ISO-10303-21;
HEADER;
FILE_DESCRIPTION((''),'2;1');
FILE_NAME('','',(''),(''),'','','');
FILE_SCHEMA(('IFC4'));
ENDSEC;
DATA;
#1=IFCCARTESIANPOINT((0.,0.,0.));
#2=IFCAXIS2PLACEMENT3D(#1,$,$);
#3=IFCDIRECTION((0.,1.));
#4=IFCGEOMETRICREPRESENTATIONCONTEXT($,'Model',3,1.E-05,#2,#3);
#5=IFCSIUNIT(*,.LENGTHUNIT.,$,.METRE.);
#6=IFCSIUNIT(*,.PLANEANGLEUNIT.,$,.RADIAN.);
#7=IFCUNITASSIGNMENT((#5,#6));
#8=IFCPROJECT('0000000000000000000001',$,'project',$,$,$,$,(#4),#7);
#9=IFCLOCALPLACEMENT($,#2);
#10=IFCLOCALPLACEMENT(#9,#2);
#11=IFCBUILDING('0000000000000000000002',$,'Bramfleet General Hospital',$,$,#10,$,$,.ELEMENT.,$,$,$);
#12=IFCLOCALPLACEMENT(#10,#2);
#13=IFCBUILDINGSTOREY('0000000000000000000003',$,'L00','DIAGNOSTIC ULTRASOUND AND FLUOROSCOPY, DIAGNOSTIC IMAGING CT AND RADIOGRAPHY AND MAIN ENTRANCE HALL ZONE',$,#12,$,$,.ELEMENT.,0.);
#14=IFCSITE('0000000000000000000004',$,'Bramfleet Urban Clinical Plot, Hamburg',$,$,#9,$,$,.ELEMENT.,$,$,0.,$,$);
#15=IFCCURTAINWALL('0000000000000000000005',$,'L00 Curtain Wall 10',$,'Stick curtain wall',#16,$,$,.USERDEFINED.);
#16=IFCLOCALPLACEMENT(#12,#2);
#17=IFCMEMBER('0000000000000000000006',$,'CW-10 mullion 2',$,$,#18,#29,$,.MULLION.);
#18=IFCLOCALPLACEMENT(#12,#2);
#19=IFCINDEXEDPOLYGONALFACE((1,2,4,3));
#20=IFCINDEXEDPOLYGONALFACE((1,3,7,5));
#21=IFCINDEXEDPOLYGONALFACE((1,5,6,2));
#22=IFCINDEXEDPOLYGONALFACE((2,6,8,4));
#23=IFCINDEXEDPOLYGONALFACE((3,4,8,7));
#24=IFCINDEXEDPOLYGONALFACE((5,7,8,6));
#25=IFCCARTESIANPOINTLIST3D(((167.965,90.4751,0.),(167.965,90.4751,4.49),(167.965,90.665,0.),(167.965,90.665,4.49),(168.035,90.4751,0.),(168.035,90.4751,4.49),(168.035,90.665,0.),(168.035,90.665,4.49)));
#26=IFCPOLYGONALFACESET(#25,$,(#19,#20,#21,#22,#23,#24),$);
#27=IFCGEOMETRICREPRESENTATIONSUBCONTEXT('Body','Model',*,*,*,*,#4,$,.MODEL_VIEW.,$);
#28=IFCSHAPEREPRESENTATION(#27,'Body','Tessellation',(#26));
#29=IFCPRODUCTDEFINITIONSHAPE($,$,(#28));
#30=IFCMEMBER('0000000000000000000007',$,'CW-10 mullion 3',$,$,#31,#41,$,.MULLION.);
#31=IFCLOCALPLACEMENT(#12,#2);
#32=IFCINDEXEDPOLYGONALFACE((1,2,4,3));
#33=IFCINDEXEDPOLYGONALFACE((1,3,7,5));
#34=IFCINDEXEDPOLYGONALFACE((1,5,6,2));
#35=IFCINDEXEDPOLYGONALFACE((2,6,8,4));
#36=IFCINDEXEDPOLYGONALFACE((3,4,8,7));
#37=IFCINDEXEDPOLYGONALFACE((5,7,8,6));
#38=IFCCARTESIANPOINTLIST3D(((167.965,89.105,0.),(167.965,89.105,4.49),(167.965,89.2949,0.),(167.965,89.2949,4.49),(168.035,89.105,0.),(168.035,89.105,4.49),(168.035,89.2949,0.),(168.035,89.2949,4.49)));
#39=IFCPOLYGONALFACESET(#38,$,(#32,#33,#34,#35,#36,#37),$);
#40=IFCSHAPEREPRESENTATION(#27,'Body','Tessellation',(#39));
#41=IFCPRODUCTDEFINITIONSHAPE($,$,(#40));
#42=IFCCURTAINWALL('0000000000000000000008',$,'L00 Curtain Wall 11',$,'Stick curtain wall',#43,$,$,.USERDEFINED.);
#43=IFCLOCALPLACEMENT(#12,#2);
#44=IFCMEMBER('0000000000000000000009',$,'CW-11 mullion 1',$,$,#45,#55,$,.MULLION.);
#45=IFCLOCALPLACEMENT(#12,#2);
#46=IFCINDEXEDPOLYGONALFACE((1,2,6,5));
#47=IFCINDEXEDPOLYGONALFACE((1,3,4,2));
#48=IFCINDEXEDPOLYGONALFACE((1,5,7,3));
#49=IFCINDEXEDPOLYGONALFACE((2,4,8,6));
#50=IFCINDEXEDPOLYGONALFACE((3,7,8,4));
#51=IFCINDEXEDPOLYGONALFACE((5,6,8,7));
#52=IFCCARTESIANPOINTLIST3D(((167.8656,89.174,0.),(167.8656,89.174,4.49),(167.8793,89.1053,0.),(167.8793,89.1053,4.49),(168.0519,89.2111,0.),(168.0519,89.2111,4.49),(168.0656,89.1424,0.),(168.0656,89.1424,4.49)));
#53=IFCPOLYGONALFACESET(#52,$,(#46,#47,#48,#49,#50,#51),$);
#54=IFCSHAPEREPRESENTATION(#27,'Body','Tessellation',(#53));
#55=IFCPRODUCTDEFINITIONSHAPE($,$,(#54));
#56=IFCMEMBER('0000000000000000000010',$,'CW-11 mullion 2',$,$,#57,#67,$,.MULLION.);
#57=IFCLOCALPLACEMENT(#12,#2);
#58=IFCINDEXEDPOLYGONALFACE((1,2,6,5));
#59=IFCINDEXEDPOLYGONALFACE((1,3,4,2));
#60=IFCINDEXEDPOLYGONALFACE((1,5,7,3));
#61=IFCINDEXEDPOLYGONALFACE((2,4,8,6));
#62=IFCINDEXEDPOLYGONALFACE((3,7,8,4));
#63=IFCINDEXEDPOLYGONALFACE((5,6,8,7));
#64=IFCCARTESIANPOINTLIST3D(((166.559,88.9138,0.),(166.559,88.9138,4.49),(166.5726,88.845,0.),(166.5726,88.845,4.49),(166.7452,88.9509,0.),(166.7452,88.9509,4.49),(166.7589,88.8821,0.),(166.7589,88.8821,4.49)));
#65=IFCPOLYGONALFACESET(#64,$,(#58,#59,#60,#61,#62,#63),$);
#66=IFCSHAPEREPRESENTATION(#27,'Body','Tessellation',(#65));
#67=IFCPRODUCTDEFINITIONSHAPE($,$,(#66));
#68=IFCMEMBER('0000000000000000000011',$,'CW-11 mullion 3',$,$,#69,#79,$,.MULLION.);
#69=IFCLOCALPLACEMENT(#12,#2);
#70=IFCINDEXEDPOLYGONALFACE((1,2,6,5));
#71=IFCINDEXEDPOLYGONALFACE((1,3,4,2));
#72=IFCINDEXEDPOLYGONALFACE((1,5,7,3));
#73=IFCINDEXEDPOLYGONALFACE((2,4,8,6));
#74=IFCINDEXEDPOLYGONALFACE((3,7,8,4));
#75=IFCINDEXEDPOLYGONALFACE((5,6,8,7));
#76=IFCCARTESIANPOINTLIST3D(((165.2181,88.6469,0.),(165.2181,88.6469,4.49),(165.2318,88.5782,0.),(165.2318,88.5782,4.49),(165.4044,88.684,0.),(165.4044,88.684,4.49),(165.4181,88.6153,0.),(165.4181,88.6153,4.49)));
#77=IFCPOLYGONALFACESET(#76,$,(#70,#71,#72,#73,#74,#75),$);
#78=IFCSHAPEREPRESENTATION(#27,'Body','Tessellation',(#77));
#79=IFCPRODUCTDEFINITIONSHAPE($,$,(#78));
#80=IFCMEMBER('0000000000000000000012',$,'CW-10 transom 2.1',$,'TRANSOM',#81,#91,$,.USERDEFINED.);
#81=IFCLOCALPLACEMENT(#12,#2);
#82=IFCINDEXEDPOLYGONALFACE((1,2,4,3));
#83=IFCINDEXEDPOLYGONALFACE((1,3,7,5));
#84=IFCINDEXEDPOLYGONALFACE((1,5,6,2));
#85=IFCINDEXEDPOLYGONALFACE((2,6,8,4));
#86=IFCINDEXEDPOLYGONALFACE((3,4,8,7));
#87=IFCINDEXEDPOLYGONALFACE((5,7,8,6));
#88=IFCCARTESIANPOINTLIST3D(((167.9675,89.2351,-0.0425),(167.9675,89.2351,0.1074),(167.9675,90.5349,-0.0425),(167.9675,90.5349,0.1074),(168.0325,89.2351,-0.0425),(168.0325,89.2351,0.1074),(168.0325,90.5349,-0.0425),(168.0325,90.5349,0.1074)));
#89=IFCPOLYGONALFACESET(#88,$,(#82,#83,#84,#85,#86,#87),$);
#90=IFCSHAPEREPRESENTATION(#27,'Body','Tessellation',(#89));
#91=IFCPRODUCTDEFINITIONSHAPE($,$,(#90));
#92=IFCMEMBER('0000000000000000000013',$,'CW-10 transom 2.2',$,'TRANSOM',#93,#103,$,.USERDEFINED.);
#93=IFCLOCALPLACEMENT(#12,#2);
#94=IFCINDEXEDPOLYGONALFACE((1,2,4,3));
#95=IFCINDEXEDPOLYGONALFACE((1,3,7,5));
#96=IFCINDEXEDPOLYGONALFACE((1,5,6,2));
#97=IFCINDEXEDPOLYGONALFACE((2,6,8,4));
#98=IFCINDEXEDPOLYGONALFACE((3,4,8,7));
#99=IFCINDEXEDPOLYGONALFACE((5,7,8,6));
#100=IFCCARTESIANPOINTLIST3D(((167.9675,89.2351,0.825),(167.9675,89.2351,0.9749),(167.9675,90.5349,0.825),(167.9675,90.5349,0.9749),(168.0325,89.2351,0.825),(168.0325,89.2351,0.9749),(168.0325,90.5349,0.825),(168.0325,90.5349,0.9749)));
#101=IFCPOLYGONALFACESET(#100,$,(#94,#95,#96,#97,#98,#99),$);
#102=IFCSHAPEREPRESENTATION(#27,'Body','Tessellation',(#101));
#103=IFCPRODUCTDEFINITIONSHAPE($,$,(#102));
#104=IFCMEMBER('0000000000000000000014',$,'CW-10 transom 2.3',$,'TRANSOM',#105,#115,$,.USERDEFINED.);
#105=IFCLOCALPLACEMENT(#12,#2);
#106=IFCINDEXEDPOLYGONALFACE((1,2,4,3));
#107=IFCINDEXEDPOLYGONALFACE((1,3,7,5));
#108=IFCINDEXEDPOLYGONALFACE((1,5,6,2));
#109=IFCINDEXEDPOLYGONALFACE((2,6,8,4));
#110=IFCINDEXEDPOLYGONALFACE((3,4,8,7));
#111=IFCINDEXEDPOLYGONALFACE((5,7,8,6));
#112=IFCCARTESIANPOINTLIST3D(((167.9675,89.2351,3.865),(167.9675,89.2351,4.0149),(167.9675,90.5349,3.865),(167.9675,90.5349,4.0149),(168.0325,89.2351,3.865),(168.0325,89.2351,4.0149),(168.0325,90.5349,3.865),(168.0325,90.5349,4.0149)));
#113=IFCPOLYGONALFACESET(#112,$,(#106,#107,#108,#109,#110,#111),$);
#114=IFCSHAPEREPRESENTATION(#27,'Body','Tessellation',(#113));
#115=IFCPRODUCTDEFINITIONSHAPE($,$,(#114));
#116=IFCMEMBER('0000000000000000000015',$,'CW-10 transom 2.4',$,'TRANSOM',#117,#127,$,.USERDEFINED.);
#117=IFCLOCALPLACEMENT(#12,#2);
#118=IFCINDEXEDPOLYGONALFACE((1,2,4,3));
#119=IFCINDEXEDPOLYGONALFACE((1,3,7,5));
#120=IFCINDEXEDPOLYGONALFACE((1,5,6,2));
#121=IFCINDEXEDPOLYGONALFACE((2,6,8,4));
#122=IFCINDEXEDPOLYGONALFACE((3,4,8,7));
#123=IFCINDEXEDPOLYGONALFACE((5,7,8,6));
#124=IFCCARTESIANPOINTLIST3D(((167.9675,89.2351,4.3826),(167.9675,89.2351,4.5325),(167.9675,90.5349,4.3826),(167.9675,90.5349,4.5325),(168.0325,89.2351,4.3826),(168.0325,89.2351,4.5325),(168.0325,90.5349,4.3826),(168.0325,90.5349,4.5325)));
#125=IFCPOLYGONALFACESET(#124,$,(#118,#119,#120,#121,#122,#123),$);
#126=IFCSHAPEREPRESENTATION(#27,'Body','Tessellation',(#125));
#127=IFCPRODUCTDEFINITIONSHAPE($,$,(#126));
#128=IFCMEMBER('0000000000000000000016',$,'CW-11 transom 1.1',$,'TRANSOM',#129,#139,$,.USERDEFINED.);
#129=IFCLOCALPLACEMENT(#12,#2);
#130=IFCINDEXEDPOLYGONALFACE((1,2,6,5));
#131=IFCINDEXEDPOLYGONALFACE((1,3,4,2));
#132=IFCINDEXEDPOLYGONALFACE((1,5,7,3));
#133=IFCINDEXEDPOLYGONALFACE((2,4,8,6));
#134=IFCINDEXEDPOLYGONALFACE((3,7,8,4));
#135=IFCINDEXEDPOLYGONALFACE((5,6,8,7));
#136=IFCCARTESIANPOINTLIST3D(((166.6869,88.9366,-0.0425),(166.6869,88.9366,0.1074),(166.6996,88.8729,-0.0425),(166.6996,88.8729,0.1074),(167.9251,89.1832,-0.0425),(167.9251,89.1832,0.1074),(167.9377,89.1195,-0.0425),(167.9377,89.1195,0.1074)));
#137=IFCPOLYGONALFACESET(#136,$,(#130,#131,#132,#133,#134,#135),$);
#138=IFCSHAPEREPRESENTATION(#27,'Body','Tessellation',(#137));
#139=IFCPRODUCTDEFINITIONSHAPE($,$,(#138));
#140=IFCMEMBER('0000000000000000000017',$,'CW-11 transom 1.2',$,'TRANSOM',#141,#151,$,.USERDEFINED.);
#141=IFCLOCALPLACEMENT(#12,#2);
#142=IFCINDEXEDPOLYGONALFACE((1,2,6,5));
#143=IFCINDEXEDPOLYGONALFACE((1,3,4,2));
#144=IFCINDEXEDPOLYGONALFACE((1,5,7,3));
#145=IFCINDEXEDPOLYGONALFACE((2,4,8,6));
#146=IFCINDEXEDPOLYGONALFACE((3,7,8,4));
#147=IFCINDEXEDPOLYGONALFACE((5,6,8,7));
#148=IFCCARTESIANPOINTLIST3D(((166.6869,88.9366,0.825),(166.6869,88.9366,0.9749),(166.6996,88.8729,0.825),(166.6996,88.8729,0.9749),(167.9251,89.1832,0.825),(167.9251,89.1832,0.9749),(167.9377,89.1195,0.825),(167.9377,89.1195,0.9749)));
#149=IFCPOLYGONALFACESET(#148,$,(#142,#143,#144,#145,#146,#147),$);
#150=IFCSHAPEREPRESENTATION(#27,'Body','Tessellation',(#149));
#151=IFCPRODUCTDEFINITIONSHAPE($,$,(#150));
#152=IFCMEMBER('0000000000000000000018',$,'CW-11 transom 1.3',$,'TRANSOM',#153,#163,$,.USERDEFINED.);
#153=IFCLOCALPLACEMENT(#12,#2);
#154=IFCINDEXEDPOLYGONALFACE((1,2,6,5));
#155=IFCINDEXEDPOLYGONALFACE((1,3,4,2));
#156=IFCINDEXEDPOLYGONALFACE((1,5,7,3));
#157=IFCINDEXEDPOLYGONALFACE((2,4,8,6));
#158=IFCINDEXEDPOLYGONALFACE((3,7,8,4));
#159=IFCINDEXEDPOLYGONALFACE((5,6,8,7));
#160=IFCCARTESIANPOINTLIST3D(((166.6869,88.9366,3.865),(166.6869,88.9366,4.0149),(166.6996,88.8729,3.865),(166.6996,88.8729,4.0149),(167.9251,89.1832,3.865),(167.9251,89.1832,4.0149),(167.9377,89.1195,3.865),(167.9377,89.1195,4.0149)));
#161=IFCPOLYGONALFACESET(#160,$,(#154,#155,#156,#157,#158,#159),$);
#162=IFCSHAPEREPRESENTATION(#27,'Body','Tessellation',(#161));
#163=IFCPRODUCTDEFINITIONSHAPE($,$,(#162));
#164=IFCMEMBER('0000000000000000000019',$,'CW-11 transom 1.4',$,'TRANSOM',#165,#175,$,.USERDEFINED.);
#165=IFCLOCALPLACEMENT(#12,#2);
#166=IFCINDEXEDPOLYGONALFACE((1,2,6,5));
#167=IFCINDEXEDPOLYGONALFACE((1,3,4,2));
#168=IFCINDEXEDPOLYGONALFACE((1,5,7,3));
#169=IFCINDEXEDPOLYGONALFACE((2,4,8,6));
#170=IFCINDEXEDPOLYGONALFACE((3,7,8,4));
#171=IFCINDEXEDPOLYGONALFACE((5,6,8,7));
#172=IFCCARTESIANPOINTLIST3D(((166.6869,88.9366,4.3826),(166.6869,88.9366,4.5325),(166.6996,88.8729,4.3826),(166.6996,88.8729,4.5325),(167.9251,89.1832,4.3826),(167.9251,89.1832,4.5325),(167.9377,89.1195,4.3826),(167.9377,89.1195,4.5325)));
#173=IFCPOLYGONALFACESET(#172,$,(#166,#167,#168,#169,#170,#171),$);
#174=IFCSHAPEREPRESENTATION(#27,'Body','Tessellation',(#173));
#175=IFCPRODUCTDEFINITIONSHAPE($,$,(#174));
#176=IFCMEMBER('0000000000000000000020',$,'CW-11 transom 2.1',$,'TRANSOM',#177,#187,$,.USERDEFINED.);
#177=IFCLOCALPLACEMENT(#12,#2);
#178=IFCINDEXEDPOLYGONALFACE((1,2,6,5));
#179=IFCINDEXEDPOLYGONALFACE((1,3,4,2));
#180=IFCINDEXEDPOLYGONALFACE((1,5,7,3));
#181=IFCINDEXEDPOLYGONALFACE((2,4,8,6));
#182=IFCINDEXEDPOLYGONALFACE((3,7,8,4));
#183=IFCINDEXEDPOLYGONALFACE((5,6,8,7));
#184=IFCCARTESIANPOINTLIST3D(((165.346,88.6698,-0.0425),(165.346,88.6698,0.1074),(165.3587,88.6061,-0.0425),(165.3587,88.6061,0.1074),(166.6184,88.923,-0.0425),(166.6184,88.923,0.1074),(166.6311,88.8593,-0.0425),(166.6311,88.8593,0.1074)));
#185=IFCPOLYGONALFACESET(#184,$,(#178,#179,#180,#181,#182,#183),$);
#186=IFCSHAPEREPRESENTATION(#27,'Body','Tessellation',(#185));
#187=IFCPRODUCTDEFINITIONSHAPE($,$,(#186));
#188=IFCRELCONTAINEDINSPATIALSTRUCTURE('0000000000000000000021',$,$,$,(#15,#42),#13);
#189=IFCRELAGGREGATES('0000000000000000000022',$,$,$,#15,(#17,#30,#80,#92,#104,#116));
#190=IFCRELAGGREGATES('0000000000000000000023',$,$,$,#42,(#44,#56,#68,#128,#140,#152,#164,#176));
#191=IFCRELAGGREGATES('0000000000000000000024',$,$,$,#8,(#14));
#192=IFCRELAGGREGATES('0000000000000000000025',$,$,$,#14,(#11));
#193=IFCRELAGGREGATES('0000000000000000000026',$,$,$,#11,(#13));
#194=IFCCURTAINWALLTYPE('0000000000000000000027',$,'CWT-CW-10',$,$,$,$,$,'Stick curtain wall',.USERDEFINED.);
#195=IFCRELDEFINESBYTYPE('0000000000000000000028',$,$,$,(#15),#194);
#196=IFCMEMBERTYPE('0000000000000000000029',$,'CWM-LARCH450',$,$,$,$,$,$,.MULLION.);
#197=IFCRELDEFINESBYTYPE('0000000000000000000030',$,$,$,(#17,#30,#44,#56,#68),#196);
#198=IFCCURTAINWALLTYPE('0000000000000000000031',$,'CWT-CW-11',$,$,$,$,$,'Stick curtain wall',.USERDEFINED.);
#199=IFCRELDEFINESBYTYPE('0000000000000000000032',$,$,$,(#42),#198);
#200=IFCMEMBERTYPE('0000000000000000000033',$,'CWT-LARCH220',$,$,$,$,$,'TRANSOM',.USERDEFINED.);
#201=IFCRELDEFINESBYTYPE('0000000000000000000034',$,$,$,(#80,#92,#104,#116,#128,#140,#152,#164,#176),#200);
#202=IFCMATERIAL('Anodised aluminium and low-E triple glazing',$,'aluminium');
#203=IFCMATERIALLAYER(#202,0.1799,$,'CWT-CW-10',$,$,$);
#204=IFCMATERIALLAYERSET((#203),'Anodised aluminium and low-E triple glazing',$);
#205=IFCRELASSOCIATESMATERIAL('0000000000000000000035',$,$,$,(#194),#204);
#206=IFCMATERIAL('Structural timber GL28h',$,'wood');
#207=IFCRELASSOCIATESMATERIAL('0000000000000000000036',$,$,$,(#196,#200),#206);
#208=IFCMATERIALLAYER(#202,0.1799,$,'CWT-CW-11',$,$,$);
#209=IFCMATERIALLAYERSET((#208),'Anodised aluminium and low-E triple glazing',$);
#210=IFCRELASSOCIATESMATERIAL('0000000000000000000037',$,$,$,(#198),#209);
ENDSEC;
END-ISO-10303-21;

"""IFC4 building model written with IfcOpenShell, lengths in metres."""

from ifc_helpers import new_model, si_unit, direction, frame, origin, origin_2d, place, context, subcontext, project, spatial, rectangle, extrude, material, layer, layer_set, material_profile, profile_set, type_object, element, aggregate, save


model = new_model("IFC4")

# Units and contexts
model_context = context("Model", 3, precision=1e-05, world=origin(), true_north=direction((0.0, 1.0)))
body_context = subcontext(model_context, "Body", "Model", "MODEL_VIEW")
ifc_project = project(units=[si_unit("LENGTHUNIT", "METRE"), si_unit("PLANEANGLEUNIT", "RADIAN")], contexts=[model_context])

# Site, building, storey
site_placement = place(None, origin())
site = spatial("IfcSite", under=ifc_project, at=site_placement, Name="Bramfleet Urban Clinical Plot, Hamburg", CompositionType="ELEMENT", RefElevation=0.0)
building_placement = place(site_placement, origin())
building = spatial("IfcBuilding", under=site, at=building_placement, Name="Bramfleet General Hospital", CompositionType="ELEMENT")
storey_placement = place(building_placement, origin())
storey = spatial("IfcBuildingStorey", under=building, at=storey_placement, Name="L00", Description="DIAGNOSTIC ULTRASOUND AND FLUOROSCOPY, DIAGNOSTIC IMAGING CT AND RADIOGRAPHY AND MAIN ENTRANCE HALL ZONE", CompositionType="ELEMENT", Elevation=0.0)

# Curtain walls, members
ifc_material_1 = material(Name="Anodised aluminium and low-E triple glazing", Category="aluminium")
ifc_layer_1 = layer(ifc_material_1, 0.1799, Name="CWT-CW-10")
ifc_layer_set_1 = layer_set([ifc_layer_1], Name="Anodised aluminium and low-E triple glazing")
curtain_wall_type_1 = type_object("IfcCurtainWallType", Name="CWT-CW-10", ElementType="Stick curtain wall", PredefinedType="USERDEFINED", material=ifc_layer_set_1)
curtain_wall_1_placement = place(storey_placement, origin())
curtain_wall_1 = element("IfcCurtainWall", 1, at=curtain_wall_1_placement, inside=storey, type_object=curtain_wall_type_1, Name="L00 Curtain Wall 10", ObjectType="Stick curtain wall", PredefinedType="USERDEFINED")
ifc_material_2 = material(Name="Structural timber GL28h", Category="wood")
ifc_material_profile_1 = material_profile(ifc_material_2, rectangle(XDim=0.0701, YDim=0.1899, at=origin_2d()), Name="LARCH 190x70")
ifc_profile_set_1 = profile_set([ifc_material_profile_1], Name="Structural timber GL28h")
member_type_1 = type_object("IfcMemberType", Name="CWM-LARCH450", PredefinedType="MULLION", material=ifc_profile_set_1)
member_1_placement = place(storey_placement, frame((168.0, 90.5701, 0.0), z_axis=(0.0, 0.0, 1.0), x_axis=(1.0, 0.0, 0.0)))
member_1 = element("IfcMember", 2, at=member_1_placement, type_object=member_type_1, Name="CW-10 mullion 2", PredefinedType="MULLION", context=body_context, shape_type="SweptSolid", body=[
    extrude(rectangle(XDim=0.0701, YDim=0.1899, at=origin_2d()), origin(), (0.0, 0.0, 1.0), 4.49),
])
member_2_placement = place(storey_placement, frame((168.0, 89.2, 0.0), z_axis=(0.0, 0.0, 1.0), x_axis=(1.0, 0.0, 0.0)))
member_2 = element("IfcMember", 3, at=member_2_placement, type_object=member_type_1, Name="CW-10 mullion 3", PredefinedType="MULLION", context=body_context, shape_type="SweptSolid", body=[
    extrude(rectangle(XDim=0.0701, YDim=0.1899, at=origin_2d()), origin(), (0.0, 0.0, 1.0), 4.49),
])
ifc_layer_2 = layer(ifc_material_1, 0.1799, Name="CWT-CW-11")
ifc_layer_set_2 = layer_set([ifc_layer_2], Name="Anodised aluminium and low-E triple glazing")
curtain_wall_type_2 = type_object("IfcCurtainWallType", Name="CWT-CW-11", ElementType="Stick curtain wall", PredefinedType="USERDEFINED", material=ifc_layer_set_2)
curtain_wall_2_placement = place(storey_placement, origin())
curtain_wall_2 = element("IfcCurtainWall", 4, at=curtain_wall_2_placement, inside=storey, type_object=curtain_wall_type_2, Name="L00 Curtain Wall 11", ObjectType="Stick curtain wall", PredefinedType="USERDEFINED")
member_3_placement = place(storey_placement, frame((167.9656, 89.1582, 0.0), z_axis=(0.0, 0.0, 1.0), x_axis=(0.195272, -0.980749, 0.0)))
member_3 = element("IfcMember", 5, at=member_3_placement, type_object=member_type_1, Name="CW-11 mullion 1", PredefinedType="MULLION", context=body_context, shape_type="SweptSolid", body=[
    extrude(rectangle(XDim=0.0701, YDim=0.1899, at=origin_2d()), origin(), (0.0, 0.0, 1.0), 4.49),
])
member_4_placement = place(storey_placement, frame((166.6589, 88.8979, 0.0), z_axis=(0.0, 0.0, 1.0), x_axis=(0.195272, -0.980749, 0.0)))
member_4 = element("IfcMember", 6, at=member_4_placement, type_object=member_type_1, Name="CW-11 mullion 2", PredefinedType="MULLION", context=body_context, shape_type="SweptSolid", body=[
    extrude(rectangle(XDim=0.0701, YDim=0.1899, at=origin_2d()), origin(), (0.0, 0.0, 1.0), 4.49),
])
member_5_placement = place(storey_placement, frame((165.3181, 88.6311, 0.0), z_axis=(0.0, 0.0, 1.0), x_axis=(0.195272, -0.980749, 0.0)))
member_5 = element("IfcMember", 7, at=member_5_placement, type_object=member_type_1, Name="CW-11 mullion 3", PredefinedType="MULLION", context=body_context, shape_type="SweptSolid", body=[
    extrude(rectangle(XDim=0.0701, YDim=0.1899, at=origin_2d()), origin(), (0.0, 0.0, 1.0), 4.49),
])

# Members
ifc_material_profile_2 = material_profile(ifc_material_2, rectangle(XDim=0.0649, YDim=0.1499, at=origin_2d()), Name="LARCH 150x65")
ifc_profile_set_2 = profile_set([ifc_material_profile_2], Name="Structural timber GL28h")
member_type_2 = type_object("IfcMemberType", Name="CWT-LARCH220", ElementType="TRANSOM", PredefinedType="USERDEFINED", material=ifc_profile_set_2)
member_6_placement = place(storey_placement, frame((168.0, 90.5349, 0.0325), z_axis=(0.0, -1.0, 0.0), x_axis=(1.0, 0.0, 0.0)))
member_6 = element("IfcMember", 8, at=member_6_placement, type_object=member_type_2, Name="CW-10 transom 2.1", ObjectType="TRANSOM", PredefinedType="USERDEFINED", context=body_context, shape_type="SweptSolid", body=[
    extrude(rectangle(XDim=0.0649, YDim=0.1499, at=origin_2d()), origin(), (0.0, 0.0, 1.0), 1.2998),
])
member_7_placement = place(storey_placement, frame((168.0, 90.5349, 0.8999), z_axis=(0.0, -1.0, 0.0), x_axis=(1.0, 0.0, 0.0)))
member_7 = element("IfcMember", 9, at=member_7_placement, type_object=member_type_2, Name="CW-10 transom 2.2", ObjectType="TRANSOM", PredefinedType="USERDEFINED", context=body_context, shape_type="SweptSolid", body=[
    extrude(rectangle(XDim=0.0649, YDim=0.1499, at=origin_2d()), origin(), (0.0, 0.0, 1.0), 1.2998),
])
member_8_placement = place(storey_placement, frame((168.0, 90.5349, 3.9399), z_axis=(0.0, -1.0, 0.0), x_axis=(1.0, 0.0, 0.0)))
member_8 = element("IfcMember", 10, at=member_8_placement, type_object=member_type_2, Name="CW-10 transom 2.3", ObjectType="TRANSOM", PredefinedType="USERDEFINED", context=body_context, shape_type="SweptSolid", body=[
    extrude(rectangle(XDim=0.0649, YDim=0.1499, at=origin_2d()), origin(), (0.0, 0.0, 1.0), 1.2998),
])
member_9_placement = place(storey_placement, frame((168.0, 90.5349, 4.4575), z_axis=(0.0, -1.0, 0.0), x_axis=(1.0, 0.0, 0.0)))
member_9 = element("IfcMember", 11, at=member_9_placement, type_object=member_type_2, Name="CW-10 transom 2.4", ObjectType="TRANSOM", PredefinedType="USERDEFINED", context=body_context, shape_type="SweptSolid", body=[
    extrude(rectangle(XDim=0.0649, YDim=0.1499, at=origin_2d()), origin(), (0.0, 0.0, 1.0), 1.2998),
])
member_10_placement = place(storey_placement, frame((167.9314, 89.1514, 0.0325), z_axis=(-0.980737, -0.195335, 0.0), x_axis=(0.195335, -0.980737, 0.0)))
member_10 = element("IfcMember", 12, at=member_10_placement, type_object=member_type_2, Name="CW-11 transom 1.1", ObjectType="TRANSOM", PredefinedType="USERDEFINED", context=body_context, shape_type="SweptSolid", body=[
    extrude(rectangle(XDim=0.0649, YDim=0.1499, at=origin_2d()), origin(), (0.0, 0.0, 1.0), 1.2625),
])
member_11_placement = place(storey_placement, frame((167.9314, 89.1514, 0.8999), z_axis=(-0.980737, -0.195335, 0.0), x_axis=(0.195335, -0.980737, 0.0)))
member_11 = element("IfcMember", 13, at=member_11_placement, type_object=member_type_2, Name="CW-11 transom 1.2", ObjectType="TRANSOM", PredefinedType="USERDEFINED", context=body_context, shape_type="SweptSolid", body=[
    extrude(rectangle(XDim=0.0649, YDim=0.1499, at=origin_2d()), origin(), (0.0, 0.0, 1.0), 1.2625),
])
member_12_placement = place(storey_placement, frame((167.9314, 89.1514, 3.9399), z_axis=(-0.980737, -0.195335, 0.0), x_axis=(0.195335, -0.980737, 0.0)))
member_12 = element("IfcMember", 14, at=member_12_placement, type_object=member_type_2, Name="CW-11 transom 1.3", ObjectType="TRANSOM", PredefinedType="USERDEFINED", context=body_context, shape_type="SweptSolid", body=[
    extrude(rectangle(XDim=0.0649, YDim=0.1499, at=origin_2d()), origin(), (0.0, 0.0, 1.0), 1.2625),
])
member_13_placement = place(storey_placement, frame((167.9314, 89.1514, 4.4575), z_axis=(-0.980737, -0.195335, 0.0), x_axis=(0.195335, -0.980737, 0.0)))
member_13 = element("IfcMember", 15, at=member_13_placement, type_object=member_type_2, Name="CW-11 transom 1.4", ObjectType="TRANSOM", PredefinedType="USERDEFINED", context=body_context, shape_type="SweptSolid", body=[
    extrude(rectangle(XDim=0.0649, YDim=0.1499, at=origin_2d()), origin(), (0.0, 0.0, 1.0), 1.2625),
])
member_14_placement = place(storey_placement, frame((166.6248, 88.8911, 0.0325), z_axis=(-0.980776, -0.195139, 0.0), x_axis=(0.195139, -0.980776, 0.0)))
member_14 = element("IfcMember", 16, at=member_14_placement, type_object=member_type_2, Name="CW-11 transom 2.1", ObjectType="TRANSOM", PredefinedType="USERDEFINED", context=body_context, shape_type="SweptSolid", body=[
    extrude(rectangle(XDim=0.0649, YDim=0.1499, at=origin_2d()), origin(), (0.0, 0.0, 1.0), 1.2974),
])

aggregate(curtain_wall_1, [member_1, member_2, member_6, member_7, member_8, member_9])
aggregate(curtain_wall_2, [member_3, member_4, member_5, member_10, member_11, member_12, member_13, member_14])

save(model, "model.ifc")
